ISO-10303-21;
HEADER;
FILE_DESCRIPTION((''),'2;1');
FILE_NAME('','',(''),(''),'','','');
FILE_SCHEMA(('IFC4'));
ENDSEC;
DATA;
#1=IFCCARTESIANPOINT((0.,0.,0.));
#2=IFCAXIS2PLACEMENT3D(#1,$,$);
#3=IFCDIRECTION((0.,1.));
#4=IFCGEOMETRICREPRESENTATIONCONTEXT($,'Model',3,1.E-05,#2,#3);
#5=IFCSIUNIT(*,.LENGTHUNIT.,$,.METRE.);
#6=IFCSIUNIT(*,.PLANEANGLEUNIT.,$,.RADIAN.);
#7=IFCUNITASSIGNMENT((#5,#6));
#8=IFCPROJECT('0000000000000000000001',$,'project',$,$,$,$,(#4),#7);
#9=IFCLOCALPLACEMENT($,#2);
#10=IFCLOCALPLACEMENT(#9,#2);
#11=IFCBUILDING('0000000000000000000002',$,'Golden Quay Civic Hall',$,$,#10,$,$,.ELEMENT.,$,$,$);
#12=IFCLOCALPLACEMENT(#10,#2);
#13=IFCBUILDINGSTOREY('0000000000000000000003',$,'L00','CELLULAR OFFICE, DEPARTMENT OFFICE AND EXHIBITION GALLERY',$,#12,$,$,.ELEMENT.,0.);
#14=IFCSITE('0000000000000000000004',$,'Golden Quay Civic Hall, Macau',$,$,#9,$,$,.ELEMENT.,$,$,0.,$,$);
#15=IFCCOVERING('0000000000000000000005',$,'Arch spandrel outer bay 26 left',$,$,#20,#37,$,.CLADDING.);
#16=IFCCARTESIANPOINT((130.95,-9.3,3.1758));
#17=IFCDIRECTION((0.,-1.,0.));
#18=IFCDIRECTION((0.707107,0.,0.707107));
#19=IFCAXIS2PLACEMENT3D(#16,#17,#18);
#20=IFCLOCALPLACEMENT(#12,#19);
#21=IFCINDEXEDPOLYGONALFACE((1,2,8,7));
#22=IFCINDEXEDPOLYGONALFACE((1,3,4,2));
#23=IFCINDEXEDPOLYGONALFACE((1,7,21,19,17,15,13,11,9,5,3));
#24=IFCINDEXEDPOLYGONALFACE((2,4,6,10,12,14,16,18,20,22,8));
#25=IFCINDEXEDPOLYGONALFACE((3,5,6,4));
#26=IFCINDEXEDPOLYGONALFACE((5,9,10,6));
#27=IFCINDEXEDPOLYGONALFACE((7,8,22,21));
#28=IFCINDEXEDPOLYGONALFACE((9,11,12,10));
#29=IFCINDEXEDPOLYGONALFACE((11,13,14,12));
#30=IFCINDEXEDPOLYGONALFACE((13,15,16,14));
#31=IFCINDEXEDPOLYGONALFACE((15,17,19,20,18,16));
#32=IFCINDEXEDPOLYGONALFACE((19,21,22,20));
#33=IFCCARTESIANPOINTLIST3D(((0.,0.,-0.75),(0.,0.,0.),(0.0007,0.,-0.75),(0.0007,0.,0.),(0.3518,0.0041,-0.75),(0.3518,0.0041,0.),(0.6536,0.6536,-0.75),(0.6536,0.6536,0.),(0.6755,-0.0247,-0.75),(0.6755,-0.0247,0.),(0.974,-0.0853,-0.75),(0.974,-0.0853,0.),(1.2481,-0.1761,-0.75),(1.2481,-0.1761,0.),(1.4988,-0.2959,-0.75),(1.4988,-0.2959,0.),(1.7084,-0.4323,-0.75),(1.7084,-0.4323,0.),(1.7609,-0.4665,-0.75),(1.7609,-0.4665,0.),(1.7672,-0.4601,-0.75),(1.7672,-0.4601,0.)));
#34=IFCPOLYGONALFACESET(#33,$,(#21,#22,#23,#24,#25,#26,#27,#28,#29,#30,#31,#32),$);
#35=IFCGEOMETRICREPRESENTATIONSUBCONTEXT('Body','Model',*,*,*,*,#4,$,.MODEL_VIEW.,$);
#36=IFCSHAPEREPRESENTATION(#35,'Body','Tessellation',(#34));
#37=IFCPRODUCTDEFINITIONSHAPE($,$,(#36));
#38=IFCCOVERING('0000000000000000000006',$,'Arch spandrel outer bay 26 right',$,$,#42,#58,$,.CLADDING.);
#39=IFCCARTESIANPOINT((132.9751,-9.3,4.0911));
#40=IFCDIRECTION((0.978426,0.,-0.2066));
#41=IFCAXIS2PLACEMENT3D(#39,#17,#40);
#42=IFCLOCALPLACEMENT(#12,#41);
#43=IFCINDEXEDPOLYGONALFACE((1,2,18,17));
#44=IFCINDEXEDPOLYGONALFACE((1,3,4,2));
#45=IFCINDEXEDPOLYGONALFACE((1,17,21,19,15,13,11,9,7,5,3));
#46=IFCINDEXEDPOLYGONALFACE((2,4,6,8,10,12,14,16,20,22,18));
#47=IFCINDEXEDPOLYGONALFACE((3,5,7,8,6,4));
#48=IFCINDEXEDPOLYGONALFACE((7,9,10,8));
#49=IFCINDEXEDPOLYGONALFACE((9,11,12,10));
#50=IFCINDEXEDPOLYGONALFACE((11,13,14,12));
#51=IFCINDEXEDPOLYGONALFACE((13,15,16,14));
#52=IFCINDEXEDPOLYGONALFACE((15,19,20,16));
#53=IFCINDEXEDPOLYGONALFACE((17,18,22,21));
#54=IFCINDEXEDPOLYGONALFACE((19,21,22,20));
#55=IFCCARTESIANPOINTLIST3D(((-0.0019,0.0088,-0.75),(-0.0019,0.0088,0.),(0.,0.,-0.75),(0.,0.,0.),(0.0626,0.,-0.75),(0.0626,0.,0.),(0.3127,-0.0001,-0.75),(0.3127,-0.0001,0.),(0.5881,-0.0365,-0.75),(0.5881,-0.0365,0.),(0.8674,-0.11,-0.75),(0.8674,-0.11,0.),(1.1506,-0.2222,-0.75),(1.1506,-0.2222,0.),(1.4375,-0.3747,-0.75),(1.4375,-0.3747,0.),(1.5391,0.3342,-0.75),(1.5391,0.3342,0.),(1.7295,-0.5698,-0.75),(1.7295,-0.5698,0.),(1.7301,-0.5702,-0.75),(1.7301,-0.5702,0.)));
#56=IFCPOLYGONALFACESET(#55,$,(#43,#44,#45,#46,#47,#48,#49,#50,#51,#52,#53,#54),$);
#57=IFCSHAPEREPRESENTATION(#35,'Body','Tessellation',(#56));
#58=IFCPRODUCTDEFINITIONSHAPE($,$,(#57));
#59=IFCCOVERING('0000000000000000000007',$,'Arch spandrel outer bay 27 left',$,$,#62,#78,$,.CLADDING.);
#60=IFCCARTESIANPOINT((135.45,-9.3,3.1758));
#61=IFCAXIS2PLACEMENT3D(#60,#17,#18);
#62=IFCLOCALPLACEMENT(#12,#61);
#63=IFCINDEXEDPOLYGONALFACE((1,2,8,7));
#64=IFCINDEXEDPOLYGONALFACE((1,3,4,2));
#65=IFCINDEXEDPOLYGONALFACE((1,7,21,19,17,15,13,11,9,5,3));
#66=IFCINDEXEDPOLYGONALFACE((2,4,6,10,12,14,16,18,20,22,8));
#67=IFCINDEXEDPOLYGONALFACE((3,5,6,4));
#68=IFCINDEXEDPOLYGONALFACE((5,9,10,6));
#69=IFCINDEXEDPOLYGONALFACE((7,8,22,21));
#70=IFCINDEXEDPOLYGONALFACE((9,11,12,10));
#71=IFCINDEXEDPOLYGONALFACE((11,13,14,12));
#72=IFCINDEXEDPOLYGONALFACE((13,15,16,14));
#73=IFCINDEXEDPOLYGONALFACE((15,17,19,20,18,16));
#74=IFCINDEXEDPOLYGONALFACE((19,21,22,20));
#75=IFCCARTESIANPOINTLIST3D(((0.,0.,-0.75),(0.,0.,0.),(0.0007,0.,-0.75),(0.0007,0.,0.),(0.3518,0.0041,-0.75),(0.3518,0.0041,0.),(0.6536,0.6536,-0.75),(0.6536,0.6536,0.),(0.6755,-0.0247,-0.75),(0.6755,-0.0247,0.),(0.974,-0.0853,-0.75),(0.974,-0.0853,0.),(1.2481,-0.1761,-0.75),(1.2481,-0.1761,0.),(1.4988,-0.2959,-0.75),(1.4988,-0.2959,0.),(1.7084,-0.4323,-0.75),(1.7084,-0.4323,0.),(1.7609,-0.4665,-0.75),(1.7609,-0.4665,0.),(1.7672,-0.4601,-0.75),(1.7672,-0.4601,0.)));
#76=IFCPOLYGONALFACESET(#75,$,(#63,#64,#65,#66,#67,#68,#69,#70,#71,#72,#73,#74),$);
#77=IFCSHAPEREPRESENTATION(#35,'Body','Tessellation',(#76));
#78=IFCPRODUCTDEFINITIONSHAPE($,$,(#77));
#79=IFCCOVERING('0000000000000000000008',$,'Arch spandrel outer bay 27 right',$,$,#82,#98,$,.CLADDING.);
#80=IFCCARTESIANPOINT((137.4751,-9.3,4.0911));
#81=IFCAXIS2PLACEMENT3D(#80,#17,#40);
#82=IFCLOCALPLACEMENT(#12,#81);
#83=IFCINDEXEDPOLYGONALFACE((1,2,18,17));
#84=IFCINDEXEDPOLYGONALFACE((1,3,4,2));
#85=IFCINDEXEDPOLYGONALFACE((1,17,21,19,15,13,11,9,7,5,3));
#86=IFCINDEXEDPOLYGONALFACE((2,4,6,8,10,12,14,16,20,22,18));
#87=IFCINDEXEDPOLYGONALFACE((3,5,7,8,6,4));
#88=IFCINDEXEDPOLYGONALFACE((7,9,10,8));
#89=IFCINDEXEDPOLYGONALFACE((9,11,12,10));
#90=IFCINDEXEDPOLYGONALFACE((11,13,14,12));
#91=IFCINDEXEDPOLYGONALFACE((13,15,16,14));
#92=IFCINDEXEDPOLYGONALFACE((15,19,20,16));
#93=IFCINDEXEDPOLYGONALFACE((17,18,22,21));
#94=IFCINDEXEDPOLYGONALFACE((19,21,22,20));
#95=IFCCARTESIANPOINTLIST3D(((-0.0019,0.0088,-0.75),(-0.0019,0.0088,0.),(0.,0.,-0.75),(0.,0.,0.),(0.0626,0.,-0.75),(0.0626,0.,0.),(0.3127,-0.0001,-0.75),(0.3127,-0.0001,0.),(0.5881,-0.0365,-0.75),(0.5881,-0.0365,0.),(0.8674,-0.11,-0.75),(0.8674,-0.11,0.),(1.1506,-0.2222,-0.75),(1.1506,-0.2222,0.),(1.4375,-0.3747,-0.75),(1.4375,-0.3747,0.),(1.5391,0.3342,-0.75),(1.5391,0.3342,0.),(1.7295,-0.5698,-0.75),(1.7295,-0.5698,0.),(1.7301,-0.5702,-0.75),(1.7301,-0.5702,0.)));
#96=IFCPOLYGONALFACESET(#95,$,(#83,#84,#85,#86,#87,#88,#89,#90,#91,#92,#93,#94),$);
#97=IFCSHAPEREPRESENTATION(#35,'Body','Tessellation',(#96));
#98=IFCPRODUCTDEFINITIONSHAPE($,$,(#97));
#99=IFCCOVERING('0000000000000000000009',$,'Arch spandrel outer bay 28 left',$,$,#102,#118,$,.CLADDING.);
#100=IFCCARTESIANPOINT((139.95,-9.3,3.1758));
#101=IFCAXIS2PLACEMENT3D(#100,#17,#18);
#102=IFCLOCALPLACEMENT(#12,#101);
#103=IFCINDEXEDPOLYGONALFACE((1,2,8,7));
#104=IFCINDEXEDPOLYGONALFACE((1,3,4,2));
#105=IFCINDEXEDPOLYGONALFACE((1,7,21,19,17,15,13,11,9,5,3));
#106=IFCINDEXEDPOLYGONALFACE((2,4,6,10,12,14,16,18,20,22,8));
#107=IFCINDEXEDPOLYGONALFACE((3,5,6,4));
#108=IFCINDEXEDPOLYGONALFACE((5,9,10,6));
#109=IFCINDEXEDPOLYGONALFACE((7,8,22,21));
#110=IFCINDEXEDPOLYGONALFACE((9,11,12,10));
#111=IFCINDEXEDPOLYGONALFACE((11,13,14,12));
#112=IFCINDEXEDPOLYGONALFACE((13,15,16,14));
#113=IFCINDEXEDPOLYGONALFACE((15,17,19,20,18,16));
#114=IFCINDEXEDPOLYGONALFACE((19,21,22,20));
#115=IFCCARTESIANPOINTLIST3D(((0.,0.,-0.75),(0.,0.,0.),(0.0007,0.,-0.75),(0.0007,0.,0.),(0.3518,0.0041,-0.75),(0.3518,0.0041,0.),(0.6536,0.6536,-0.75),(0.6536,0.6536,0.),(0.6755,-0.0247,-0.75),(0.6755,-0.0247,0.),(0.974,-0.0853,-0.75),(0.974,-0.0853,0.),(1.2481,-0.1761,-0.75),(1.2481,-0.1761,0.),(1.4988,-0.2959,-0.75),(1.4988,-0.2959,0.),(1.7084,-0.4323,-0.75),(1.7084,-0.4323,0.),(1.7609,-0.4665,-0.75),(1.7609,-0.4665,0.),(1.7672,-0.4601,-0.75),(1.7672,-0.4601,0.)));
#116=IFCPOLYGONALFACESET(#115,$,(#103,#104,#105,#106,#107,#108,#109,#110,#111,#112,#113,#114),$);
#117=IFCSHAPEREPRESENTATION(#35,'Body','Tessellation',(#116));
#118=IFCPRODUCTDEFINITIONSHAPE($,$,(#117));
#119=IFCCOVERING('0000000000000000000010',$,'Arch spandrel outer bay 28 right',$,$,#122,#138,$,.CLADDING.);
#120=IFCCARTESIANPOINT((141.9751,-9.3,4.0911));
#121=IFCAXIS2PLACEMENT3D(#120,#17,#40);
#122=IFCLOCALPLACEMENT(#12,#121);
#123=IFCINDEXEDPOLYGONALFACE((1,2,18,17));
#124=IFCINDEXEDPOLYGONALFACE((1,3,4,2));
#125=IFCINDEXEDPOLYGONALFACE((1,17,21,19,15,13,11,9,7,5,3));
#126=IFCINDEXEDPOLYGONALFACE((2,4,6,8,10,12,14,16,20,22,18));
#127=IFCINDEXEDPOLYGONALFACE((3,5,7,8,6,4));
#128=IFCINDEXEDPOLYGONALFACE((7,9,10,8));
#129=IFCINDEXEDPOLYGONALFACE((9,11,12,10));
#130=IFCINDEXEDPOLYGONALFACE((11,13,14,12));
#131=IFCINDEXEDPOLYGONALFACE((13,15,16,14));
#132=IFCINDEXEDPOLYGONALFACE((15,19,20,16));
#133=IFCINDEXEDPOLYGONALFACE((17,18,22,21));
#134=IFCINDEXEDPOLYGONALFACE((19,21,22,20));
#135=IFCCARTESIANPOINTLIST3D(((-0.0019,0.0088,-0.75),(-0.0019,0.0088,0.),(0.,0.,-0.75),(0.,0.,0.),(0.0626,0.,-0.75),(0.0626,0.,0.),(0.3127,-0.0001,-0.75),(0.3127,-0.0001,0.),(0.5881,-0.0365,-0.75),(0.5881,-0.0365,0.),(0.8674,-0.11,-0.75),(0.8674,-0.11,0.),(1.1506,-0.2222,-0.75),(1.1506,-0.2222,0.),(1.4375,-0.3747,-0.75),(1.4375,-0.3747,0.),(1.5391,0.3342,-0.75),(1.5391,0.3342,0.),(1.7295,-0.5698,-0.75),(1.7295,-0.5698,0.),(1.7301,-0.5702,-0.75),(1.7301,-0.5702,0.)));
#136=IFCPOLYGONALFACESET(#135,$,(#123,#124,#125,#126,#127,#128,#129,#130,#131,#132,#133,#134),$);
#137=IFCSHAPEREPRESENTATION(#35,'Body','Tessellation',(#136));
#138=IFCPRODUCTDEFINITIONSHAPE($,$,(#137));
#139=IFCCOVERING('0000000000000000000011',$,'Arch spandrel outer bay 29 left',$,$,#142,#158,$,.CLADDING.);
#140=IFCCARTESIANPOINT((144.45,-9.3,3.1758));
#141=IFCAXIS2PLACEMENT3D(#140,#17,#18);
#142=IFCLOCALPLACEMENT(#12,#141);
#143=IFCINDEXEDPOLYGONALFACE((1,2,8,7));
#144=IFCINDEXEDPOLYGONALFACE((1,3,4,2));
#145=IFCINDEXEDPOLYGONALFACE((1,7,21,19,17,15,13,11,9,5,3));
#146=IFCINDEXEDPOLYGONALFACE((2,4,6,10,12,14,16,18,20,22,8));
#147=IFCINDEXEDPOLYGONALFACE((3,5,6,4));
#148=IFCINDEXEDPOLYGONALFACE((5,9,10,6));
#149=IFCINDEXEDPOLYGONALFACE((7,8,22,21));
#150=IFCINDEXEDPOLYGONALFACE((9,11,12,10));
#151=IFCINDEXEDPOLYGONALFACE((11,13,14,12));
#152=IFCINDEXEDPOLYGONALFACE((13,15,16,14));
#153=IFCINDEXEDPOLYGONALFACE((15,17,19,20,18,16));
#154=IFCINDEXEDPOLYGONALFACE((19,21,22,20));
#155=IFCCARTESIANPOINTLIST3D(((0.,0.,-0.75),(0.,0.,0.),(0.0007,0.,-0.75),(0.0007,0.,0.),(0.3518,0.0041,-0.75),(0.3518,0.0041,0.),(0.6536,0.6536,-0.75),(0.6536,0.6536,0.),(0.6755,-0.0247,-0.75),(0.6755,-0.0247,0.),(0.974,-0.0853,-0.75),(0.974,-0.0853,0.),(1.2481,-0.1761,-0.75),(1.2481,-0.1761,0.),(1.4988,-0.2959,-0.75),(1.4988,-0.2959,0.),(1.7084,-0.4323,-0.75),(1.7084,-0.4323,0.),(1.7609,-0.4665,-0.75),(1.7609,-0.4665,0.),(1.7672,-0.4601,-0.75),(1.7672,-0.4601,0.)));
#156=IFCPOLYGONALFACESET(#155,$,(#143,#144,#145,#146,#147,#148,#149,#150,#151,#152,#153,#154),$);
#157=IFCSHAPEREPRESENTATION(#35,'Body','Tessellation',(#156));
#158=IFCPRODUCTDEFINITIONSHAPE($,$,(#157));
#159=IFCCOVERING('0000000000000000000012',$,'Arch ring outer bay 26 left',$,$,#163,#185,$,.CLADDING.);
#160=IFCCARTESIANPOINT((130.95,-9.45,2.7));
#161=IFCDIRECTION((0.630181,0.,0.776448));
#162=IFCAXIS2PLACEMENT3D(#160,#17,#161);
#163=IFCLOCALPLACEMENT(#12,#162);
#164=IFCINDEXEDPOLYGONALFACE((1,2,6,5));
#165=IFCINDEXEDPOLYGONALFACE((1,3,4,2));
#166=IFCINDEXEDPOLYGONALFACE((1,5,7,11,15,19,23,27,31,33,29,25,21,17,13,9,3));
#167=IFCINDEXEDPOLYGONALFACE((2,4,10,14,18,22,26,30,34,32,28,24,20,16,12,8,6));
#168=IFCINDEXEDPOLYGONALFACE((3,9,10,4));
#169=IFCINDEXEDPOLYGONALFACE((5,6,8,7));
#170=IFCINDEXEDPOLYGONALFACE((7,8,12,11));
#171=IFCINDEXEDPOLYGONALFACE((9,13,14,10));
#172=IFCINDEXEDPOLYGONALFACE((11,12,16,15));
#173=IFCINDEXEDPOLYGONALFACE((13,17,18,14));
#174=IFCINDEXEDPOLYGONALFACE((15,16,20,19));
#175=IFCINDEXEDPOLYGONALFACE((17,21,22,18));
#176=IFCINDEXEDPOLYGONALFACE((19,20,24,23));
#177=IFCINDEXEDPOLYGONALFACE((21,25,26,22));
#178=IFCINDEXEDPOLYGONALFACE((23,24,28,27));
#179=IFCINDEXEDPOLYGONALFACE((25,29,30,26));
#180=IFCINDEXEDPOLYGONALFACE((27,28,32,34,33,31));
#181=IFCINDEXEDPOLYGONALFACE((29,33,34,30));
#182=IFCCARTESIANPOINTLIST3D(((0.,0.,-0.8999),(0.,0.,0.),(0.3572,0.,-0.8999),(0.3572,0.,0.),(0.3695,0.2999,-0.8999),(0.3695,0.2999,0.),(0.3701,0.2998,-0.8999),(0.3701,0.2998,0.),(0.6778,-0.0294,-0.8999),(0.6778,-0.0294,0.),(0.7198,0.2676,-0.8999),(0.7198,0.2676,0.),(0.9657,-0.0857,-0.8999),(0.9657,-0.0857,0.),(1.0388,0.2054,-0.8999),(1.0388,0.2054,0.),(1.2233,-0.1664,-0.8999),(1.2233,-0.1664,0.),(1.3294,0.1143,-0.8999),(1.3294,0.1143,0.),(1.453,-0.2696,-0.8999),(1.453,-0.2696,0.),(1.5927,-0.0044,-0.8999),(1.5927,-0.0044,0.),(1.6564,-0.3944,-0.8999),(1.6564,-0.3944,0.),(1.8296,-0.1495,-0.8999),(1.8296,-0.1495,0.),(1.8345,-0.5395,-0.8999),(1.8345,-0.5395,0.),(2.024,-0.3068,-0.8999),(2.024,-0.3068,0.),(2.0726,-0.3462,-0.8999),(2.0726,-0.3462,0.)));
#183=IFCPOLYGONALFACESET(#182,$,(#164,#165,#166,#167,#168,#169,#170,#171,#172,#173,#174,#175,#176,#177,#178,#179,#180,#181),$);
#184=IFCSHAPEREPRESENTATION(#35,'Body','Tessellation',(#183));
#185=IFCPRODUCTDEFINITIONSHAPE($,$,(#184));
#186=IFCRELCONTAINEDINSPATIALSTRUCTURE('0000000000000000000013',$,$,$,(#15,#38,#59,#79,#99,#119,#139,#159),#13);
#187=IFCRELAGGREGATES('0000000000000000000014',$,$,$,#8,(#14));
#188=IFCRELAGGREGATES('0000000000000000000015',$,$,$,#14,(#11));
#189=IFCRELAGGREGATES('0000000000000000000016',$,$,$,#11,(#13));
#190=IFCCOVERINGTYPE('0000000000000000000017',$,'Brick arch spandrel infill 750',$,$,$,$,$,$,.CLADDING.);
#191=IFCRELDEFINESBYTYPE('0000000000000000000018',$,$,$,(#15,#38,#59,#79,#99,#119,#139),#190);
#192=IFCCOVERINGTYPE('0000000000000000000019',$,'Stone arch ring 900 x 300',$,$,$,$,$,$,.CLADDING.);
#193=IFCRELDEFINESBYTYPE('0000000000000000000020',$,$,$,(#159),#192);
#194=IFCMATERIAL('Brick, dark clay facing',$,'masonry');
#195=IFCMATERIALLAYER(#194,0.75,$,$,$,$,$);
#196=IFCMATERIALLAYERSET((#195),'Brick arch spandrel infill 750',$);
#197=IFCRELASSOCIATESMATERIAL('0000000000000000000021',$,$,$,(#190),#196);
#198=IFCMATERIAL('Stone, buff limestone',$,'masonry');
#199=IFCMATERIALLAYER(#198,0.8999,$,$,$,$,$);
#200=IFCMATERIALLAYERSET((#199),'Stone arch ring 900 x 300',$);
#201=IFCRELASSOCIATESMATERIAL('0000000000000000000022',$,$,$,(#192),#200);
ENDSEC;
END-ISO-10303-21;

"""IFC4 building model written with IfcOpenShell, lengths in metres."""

from ifc_helpers import new_model, si_unit, direction, frame, origin, place, context, subcontext, project, spatial, polyline, outline, extrude, material, layer, layer_set, type_object, element, save


model = new_model("IFC4")

# Units and contexts
model_context = context("Model", 3, precision=1e-05, world=origin(), true_north=direction((0.0, 1.0)))
body_context = subcontext(model_context, "Body", "Model", "MODEL_VIEW")
ifc_project = project(units=[si_unit("LENGTHUNIT", "METRE"), si_unit("PLANEANGLEUNIT", "RADIAN")], contexts=[model_context])

# Site, building, storey
site_placement = place(None, origin())
site = spatial("IfcSite", under=ifc_project, at=site_placement, Name="Golden Quay Civic Hall, Macau", CompositionType="ELEMENT", RefElevation=0.0)
building_placement = place(site_placement, origin())
building = spatial("IfcBuilding", under=site, at=building_placement, Name="Golden Quay Civic Hall", CompositionType="ELEMENT")
storey_placement = place(building_placement, origin())
storey = spatial("IfcBuildingStorey", under=building, at=storey_placement, Name="L00", Description="CELLULAR OFFICE, DEPARTMENT OFFICE AND EXHIBITION GALLERY", CompositionType="ELEMENT", Elevation=0.0)

# Coverings
ifc_material_1 = material(Name="Brick, dark clay facing", Category="masonry")
ifc_layer_1 = layer(ifc_material_1, 0.75)
ifc_layer_set_1 = layer_set([ifc_layer_1], Name="Brick arch spandrel infill 750")
covering_type_1 = type_object("IfcCoveringType", Name="Brick arch spandrel infill 750", PredefinedType="CLADDING", material=ifc_layer_set_1)
covering_1_placement = place(storey_placement, frame((130.95, -9.3, 3.1758), z_axis=(0.0, -1.0, 0.0), x_axis=(0.707107, 0.0, 0.707107)))
element("IfcCovering", 1, at=covering_1_placement, inside=storey, type_object=covering_type_1, Name="Arch spandrel outer bay 26 left", PredefinedType="CLADDING", context=body_context, shape_type="SweptSolid", body=[
    extrude(outline(polyline([(0.0, 0.0), (0.0007, 0.0), (0.3518, 0.0041), (0.6755, -0.0247), (0.974, -0.0853), (1.2481, -0.1761), (1.4988, -0.2959), (1.7084, -0.4323), (1.7609, -0.4665), (1.7672, -0.4601), (0.6536, 0.6536), (0.0, 0.0)])), origin(), (0.0, 0.0, -1.0), 0.75),
])
covering_2_placement = place(storey_placement, frame((132.9751, -9.3, 4.0911), z_axis=(0.0, -1.0, 0.0), x_axis=(0.978426, 0.0, -0.2066)))
element("IfcCovering", 2, at=covering_2_placement, inside=storey, type_object=covering_type_1, Name="Arch spandrel outer bay 26 right", PredefinedType="CLADDING", context=body_context, shape_type="SweptSolid", body=[
    extrude(outline(polyline([(0.0, 0.0), (0.0626, 0.0), (0.3127, -0.0001), (0.5881, -0.0365), (0.8674, -0.11), (1.1506, -0.2222), (1.4375, -0.3747), (1.7295, -0.5698), (1.7301, -0.5702), (1.5391, 0.3342), (-0.0019, 0.0088), (0.0, 0.0)])), origin(), (0.0, 0.0, -1.0), 0.75),
])
covering_3_placement = place(storey_placement, frame((135.45, -9.3, 3.1758), z_axis=(0.0, -1.0, 0.0), x_axis=(0.707107, 0.0, 0.707107)))
element("IfcCovering", 3, at=covering_3_placement, inside=storey, type_object=covering_type_1, Name="Arch spandrel outer bay 27 left", PredefinedType="CLADDING", context=body_context, shape_type="SweptSolid", body=[
    extrude(outline(polyline([(0.0, 0.0), (0.0007, 0.0), (0.3518, 0.0041), (0.6755, -0.0247), (0.974, -0.0853), (1.2481, -0.1761), (1.4988, -0.2959), (1.7084, -0.4323), (1.7609, -0.4665), (1.7672, -0.4601), (0.6536, 0.6536), (0.0, 0.0)])), origin(), (0.0, 0.0, -1.0), 0.75),
])
covering_4_placement = place(storey_placement, frame((137.4751, -9.3, 4.0911), z_axis=(0.0, -1.0, 0.0), x_axis=(0.978426, 0.0, -0.2066)))
element("IfcCovering", 4, at=covering_4_placement, inside=storey, type_object=covering_type_1, Name="Arch spandrel outer bay 27 right", PredefinedType="CLADDING", context=body_context, shape_type="SweptSolid", body=[
    extrude(outline(polyline([(0.0, 0.0), (0.0626, 0.0), (0.3127, -0.0001), (0.5881, -0.0365), (0.8674, -0.11), (1.1506, -0.2222), (1.4375, -0.3747), (1.7295, -0.5698), (1.7301, -0.5702), (1.5391, 0.3342), (-0.0019, 0.0088), (0.0, 0.0)])), origin(), (0.0, 0.0, -1.0), 0.75),
])
covering_5_placement = place(storey_placement, frame((139.95, -9.3, 3.1758), z_axis=(0.0, -1.0, 0.0), x_axis=(0.707107, 0.0, 0.707107)))
element("IfcCovering", 5, at=covering_5_placement, inside=storey, type_object=covering_type_1, Name="Arch spandrel outer bay 28 left", PredefinedType="CLADDING", context=body_context, shape_type="SweptSolid", body=[
    extrude(outline(polyline([(0.0, 0.0), (0.0007, 0.0), (0.3518, 0.0041), (0.6755, -0.0247), (0.974, -0.0853), (1.2481, -0.1761), (1.4988, -0.2959), (1.7084, -0.4323), (1.7609, -0.4665), (1.7672, -0.4601), (0.6536, 0.6536), (0.0, 0.0)])), origin(), (0.0, 0.0, -1.0), 0.75),
])
covering_6_placement = place(storey_placement, frame((141.9751, -9.3, 4.0911), z_axis=(0.0, -1.0, 0.0), x_axis=(0.978426, 0.0, -0.2066)))
element("IfcCovering", 6, at=covering_6_placement, inside=storey, type_object=covering_type_1, Name="Arch spandrel outer bay 28 right", PredefinedType="CLADDING", context=body_context, shape_type="SweptSolid", body=[
    extrude(outline(polyline([(0.0, 0.0), (0.0626, 0.0), (0.3127, -0.0001), (0.5881, -0.0365), (0.8674, -0.11), (1.1506, -0.2222), (1.4375, -0.3747), (1.7295, -0.5698), (1.7301, -0.5702), (1.5391, 0.3342), (-0.0019, 0.0088), (0.0, 0.0)])), origin(), (0.0, 0.0, -1.0), 0.75),
])
covering_7_placement = place(storey_placement, frame((144.45, -9.3, 3.1758), z_axis=(0.0, -1.0, 0.0), x_axis=(0.707107, 0.0, 0.707107)))
element("IfcCovering", 7, at=covering_7_placement, inside=storey, type_object=covering_type_1, Name="Arch spandrel outer bay 29 left", PredefinedType="CLADDING", context=body_context, shape_type="SweptSolid", body=[
    extrude(outline(polyline([(0.0, 0.0), (0.0007, 0.0), (0.3518, 0.0041), (0.6755, -0.0247), (0.974, -0.0853), (1.2481, -0.1761), (1.4988, -0.2959), (1.7084, -0.4323), (1.7609, -0.4665), (1.7672, -0.4601), (0.6536, 0.6536), (0.0, 0.0)])), origin(), (0.0, 0.0, -1.0), 0.75),
])
ifc_material_2 = material(Name="Stone, buff limestone", Category="masonry")
ifc_layer_2 = layer(ifc_material_2, 0.8999)
ifc_layer_set_2 = layer_set([ifc_layer_2], Name="Stone arch ring 900 x 300")
covering_type_2 = type_object("IfcCoveringType", Name="Stone arch ring 900 x 300", PredefinedType="CLADDING", material=ifc_layer_set_2)
covering_8_placement = place(storey_placement, frame((130.95, -9.45, 2.7), z_axis=(0.0, -1.0, 0.0), x_axis=(0.630181, 0.0, 0.776448)))
element("IfcCovering", 8, at=covering_8_placement, inside=storey, type_object=covering_type_2, Name="Arch ring outer bay 26 left", PredefinedType="CLADDING", context=body_context, shape_type="SweptSolid", body=[
    extrude(outline(polyline([(0.0, 0.0), (0.3572, 0.0), (0.6778, -0.0294), (0.9657, -0.0857), (1.2233, -0.1664), (1.453, -0.2696), (1.6564, -0.3944), (1.8345, -0.5395), (2.0726, -0.3462), (2.024, -0.3068), (1.8296, -0.1495), (1.5927, -0.0044), (1.3294, 0.1143), (1.0388, 0.2054), (0.7198, 0.2676), (0.3701, 0.2998), (0.3695, 0.2999), (0.0, 0.0)])), origin(), (0.0, 0.0, -1.0), 0.8999),
])

save(model, "model.ifc")
